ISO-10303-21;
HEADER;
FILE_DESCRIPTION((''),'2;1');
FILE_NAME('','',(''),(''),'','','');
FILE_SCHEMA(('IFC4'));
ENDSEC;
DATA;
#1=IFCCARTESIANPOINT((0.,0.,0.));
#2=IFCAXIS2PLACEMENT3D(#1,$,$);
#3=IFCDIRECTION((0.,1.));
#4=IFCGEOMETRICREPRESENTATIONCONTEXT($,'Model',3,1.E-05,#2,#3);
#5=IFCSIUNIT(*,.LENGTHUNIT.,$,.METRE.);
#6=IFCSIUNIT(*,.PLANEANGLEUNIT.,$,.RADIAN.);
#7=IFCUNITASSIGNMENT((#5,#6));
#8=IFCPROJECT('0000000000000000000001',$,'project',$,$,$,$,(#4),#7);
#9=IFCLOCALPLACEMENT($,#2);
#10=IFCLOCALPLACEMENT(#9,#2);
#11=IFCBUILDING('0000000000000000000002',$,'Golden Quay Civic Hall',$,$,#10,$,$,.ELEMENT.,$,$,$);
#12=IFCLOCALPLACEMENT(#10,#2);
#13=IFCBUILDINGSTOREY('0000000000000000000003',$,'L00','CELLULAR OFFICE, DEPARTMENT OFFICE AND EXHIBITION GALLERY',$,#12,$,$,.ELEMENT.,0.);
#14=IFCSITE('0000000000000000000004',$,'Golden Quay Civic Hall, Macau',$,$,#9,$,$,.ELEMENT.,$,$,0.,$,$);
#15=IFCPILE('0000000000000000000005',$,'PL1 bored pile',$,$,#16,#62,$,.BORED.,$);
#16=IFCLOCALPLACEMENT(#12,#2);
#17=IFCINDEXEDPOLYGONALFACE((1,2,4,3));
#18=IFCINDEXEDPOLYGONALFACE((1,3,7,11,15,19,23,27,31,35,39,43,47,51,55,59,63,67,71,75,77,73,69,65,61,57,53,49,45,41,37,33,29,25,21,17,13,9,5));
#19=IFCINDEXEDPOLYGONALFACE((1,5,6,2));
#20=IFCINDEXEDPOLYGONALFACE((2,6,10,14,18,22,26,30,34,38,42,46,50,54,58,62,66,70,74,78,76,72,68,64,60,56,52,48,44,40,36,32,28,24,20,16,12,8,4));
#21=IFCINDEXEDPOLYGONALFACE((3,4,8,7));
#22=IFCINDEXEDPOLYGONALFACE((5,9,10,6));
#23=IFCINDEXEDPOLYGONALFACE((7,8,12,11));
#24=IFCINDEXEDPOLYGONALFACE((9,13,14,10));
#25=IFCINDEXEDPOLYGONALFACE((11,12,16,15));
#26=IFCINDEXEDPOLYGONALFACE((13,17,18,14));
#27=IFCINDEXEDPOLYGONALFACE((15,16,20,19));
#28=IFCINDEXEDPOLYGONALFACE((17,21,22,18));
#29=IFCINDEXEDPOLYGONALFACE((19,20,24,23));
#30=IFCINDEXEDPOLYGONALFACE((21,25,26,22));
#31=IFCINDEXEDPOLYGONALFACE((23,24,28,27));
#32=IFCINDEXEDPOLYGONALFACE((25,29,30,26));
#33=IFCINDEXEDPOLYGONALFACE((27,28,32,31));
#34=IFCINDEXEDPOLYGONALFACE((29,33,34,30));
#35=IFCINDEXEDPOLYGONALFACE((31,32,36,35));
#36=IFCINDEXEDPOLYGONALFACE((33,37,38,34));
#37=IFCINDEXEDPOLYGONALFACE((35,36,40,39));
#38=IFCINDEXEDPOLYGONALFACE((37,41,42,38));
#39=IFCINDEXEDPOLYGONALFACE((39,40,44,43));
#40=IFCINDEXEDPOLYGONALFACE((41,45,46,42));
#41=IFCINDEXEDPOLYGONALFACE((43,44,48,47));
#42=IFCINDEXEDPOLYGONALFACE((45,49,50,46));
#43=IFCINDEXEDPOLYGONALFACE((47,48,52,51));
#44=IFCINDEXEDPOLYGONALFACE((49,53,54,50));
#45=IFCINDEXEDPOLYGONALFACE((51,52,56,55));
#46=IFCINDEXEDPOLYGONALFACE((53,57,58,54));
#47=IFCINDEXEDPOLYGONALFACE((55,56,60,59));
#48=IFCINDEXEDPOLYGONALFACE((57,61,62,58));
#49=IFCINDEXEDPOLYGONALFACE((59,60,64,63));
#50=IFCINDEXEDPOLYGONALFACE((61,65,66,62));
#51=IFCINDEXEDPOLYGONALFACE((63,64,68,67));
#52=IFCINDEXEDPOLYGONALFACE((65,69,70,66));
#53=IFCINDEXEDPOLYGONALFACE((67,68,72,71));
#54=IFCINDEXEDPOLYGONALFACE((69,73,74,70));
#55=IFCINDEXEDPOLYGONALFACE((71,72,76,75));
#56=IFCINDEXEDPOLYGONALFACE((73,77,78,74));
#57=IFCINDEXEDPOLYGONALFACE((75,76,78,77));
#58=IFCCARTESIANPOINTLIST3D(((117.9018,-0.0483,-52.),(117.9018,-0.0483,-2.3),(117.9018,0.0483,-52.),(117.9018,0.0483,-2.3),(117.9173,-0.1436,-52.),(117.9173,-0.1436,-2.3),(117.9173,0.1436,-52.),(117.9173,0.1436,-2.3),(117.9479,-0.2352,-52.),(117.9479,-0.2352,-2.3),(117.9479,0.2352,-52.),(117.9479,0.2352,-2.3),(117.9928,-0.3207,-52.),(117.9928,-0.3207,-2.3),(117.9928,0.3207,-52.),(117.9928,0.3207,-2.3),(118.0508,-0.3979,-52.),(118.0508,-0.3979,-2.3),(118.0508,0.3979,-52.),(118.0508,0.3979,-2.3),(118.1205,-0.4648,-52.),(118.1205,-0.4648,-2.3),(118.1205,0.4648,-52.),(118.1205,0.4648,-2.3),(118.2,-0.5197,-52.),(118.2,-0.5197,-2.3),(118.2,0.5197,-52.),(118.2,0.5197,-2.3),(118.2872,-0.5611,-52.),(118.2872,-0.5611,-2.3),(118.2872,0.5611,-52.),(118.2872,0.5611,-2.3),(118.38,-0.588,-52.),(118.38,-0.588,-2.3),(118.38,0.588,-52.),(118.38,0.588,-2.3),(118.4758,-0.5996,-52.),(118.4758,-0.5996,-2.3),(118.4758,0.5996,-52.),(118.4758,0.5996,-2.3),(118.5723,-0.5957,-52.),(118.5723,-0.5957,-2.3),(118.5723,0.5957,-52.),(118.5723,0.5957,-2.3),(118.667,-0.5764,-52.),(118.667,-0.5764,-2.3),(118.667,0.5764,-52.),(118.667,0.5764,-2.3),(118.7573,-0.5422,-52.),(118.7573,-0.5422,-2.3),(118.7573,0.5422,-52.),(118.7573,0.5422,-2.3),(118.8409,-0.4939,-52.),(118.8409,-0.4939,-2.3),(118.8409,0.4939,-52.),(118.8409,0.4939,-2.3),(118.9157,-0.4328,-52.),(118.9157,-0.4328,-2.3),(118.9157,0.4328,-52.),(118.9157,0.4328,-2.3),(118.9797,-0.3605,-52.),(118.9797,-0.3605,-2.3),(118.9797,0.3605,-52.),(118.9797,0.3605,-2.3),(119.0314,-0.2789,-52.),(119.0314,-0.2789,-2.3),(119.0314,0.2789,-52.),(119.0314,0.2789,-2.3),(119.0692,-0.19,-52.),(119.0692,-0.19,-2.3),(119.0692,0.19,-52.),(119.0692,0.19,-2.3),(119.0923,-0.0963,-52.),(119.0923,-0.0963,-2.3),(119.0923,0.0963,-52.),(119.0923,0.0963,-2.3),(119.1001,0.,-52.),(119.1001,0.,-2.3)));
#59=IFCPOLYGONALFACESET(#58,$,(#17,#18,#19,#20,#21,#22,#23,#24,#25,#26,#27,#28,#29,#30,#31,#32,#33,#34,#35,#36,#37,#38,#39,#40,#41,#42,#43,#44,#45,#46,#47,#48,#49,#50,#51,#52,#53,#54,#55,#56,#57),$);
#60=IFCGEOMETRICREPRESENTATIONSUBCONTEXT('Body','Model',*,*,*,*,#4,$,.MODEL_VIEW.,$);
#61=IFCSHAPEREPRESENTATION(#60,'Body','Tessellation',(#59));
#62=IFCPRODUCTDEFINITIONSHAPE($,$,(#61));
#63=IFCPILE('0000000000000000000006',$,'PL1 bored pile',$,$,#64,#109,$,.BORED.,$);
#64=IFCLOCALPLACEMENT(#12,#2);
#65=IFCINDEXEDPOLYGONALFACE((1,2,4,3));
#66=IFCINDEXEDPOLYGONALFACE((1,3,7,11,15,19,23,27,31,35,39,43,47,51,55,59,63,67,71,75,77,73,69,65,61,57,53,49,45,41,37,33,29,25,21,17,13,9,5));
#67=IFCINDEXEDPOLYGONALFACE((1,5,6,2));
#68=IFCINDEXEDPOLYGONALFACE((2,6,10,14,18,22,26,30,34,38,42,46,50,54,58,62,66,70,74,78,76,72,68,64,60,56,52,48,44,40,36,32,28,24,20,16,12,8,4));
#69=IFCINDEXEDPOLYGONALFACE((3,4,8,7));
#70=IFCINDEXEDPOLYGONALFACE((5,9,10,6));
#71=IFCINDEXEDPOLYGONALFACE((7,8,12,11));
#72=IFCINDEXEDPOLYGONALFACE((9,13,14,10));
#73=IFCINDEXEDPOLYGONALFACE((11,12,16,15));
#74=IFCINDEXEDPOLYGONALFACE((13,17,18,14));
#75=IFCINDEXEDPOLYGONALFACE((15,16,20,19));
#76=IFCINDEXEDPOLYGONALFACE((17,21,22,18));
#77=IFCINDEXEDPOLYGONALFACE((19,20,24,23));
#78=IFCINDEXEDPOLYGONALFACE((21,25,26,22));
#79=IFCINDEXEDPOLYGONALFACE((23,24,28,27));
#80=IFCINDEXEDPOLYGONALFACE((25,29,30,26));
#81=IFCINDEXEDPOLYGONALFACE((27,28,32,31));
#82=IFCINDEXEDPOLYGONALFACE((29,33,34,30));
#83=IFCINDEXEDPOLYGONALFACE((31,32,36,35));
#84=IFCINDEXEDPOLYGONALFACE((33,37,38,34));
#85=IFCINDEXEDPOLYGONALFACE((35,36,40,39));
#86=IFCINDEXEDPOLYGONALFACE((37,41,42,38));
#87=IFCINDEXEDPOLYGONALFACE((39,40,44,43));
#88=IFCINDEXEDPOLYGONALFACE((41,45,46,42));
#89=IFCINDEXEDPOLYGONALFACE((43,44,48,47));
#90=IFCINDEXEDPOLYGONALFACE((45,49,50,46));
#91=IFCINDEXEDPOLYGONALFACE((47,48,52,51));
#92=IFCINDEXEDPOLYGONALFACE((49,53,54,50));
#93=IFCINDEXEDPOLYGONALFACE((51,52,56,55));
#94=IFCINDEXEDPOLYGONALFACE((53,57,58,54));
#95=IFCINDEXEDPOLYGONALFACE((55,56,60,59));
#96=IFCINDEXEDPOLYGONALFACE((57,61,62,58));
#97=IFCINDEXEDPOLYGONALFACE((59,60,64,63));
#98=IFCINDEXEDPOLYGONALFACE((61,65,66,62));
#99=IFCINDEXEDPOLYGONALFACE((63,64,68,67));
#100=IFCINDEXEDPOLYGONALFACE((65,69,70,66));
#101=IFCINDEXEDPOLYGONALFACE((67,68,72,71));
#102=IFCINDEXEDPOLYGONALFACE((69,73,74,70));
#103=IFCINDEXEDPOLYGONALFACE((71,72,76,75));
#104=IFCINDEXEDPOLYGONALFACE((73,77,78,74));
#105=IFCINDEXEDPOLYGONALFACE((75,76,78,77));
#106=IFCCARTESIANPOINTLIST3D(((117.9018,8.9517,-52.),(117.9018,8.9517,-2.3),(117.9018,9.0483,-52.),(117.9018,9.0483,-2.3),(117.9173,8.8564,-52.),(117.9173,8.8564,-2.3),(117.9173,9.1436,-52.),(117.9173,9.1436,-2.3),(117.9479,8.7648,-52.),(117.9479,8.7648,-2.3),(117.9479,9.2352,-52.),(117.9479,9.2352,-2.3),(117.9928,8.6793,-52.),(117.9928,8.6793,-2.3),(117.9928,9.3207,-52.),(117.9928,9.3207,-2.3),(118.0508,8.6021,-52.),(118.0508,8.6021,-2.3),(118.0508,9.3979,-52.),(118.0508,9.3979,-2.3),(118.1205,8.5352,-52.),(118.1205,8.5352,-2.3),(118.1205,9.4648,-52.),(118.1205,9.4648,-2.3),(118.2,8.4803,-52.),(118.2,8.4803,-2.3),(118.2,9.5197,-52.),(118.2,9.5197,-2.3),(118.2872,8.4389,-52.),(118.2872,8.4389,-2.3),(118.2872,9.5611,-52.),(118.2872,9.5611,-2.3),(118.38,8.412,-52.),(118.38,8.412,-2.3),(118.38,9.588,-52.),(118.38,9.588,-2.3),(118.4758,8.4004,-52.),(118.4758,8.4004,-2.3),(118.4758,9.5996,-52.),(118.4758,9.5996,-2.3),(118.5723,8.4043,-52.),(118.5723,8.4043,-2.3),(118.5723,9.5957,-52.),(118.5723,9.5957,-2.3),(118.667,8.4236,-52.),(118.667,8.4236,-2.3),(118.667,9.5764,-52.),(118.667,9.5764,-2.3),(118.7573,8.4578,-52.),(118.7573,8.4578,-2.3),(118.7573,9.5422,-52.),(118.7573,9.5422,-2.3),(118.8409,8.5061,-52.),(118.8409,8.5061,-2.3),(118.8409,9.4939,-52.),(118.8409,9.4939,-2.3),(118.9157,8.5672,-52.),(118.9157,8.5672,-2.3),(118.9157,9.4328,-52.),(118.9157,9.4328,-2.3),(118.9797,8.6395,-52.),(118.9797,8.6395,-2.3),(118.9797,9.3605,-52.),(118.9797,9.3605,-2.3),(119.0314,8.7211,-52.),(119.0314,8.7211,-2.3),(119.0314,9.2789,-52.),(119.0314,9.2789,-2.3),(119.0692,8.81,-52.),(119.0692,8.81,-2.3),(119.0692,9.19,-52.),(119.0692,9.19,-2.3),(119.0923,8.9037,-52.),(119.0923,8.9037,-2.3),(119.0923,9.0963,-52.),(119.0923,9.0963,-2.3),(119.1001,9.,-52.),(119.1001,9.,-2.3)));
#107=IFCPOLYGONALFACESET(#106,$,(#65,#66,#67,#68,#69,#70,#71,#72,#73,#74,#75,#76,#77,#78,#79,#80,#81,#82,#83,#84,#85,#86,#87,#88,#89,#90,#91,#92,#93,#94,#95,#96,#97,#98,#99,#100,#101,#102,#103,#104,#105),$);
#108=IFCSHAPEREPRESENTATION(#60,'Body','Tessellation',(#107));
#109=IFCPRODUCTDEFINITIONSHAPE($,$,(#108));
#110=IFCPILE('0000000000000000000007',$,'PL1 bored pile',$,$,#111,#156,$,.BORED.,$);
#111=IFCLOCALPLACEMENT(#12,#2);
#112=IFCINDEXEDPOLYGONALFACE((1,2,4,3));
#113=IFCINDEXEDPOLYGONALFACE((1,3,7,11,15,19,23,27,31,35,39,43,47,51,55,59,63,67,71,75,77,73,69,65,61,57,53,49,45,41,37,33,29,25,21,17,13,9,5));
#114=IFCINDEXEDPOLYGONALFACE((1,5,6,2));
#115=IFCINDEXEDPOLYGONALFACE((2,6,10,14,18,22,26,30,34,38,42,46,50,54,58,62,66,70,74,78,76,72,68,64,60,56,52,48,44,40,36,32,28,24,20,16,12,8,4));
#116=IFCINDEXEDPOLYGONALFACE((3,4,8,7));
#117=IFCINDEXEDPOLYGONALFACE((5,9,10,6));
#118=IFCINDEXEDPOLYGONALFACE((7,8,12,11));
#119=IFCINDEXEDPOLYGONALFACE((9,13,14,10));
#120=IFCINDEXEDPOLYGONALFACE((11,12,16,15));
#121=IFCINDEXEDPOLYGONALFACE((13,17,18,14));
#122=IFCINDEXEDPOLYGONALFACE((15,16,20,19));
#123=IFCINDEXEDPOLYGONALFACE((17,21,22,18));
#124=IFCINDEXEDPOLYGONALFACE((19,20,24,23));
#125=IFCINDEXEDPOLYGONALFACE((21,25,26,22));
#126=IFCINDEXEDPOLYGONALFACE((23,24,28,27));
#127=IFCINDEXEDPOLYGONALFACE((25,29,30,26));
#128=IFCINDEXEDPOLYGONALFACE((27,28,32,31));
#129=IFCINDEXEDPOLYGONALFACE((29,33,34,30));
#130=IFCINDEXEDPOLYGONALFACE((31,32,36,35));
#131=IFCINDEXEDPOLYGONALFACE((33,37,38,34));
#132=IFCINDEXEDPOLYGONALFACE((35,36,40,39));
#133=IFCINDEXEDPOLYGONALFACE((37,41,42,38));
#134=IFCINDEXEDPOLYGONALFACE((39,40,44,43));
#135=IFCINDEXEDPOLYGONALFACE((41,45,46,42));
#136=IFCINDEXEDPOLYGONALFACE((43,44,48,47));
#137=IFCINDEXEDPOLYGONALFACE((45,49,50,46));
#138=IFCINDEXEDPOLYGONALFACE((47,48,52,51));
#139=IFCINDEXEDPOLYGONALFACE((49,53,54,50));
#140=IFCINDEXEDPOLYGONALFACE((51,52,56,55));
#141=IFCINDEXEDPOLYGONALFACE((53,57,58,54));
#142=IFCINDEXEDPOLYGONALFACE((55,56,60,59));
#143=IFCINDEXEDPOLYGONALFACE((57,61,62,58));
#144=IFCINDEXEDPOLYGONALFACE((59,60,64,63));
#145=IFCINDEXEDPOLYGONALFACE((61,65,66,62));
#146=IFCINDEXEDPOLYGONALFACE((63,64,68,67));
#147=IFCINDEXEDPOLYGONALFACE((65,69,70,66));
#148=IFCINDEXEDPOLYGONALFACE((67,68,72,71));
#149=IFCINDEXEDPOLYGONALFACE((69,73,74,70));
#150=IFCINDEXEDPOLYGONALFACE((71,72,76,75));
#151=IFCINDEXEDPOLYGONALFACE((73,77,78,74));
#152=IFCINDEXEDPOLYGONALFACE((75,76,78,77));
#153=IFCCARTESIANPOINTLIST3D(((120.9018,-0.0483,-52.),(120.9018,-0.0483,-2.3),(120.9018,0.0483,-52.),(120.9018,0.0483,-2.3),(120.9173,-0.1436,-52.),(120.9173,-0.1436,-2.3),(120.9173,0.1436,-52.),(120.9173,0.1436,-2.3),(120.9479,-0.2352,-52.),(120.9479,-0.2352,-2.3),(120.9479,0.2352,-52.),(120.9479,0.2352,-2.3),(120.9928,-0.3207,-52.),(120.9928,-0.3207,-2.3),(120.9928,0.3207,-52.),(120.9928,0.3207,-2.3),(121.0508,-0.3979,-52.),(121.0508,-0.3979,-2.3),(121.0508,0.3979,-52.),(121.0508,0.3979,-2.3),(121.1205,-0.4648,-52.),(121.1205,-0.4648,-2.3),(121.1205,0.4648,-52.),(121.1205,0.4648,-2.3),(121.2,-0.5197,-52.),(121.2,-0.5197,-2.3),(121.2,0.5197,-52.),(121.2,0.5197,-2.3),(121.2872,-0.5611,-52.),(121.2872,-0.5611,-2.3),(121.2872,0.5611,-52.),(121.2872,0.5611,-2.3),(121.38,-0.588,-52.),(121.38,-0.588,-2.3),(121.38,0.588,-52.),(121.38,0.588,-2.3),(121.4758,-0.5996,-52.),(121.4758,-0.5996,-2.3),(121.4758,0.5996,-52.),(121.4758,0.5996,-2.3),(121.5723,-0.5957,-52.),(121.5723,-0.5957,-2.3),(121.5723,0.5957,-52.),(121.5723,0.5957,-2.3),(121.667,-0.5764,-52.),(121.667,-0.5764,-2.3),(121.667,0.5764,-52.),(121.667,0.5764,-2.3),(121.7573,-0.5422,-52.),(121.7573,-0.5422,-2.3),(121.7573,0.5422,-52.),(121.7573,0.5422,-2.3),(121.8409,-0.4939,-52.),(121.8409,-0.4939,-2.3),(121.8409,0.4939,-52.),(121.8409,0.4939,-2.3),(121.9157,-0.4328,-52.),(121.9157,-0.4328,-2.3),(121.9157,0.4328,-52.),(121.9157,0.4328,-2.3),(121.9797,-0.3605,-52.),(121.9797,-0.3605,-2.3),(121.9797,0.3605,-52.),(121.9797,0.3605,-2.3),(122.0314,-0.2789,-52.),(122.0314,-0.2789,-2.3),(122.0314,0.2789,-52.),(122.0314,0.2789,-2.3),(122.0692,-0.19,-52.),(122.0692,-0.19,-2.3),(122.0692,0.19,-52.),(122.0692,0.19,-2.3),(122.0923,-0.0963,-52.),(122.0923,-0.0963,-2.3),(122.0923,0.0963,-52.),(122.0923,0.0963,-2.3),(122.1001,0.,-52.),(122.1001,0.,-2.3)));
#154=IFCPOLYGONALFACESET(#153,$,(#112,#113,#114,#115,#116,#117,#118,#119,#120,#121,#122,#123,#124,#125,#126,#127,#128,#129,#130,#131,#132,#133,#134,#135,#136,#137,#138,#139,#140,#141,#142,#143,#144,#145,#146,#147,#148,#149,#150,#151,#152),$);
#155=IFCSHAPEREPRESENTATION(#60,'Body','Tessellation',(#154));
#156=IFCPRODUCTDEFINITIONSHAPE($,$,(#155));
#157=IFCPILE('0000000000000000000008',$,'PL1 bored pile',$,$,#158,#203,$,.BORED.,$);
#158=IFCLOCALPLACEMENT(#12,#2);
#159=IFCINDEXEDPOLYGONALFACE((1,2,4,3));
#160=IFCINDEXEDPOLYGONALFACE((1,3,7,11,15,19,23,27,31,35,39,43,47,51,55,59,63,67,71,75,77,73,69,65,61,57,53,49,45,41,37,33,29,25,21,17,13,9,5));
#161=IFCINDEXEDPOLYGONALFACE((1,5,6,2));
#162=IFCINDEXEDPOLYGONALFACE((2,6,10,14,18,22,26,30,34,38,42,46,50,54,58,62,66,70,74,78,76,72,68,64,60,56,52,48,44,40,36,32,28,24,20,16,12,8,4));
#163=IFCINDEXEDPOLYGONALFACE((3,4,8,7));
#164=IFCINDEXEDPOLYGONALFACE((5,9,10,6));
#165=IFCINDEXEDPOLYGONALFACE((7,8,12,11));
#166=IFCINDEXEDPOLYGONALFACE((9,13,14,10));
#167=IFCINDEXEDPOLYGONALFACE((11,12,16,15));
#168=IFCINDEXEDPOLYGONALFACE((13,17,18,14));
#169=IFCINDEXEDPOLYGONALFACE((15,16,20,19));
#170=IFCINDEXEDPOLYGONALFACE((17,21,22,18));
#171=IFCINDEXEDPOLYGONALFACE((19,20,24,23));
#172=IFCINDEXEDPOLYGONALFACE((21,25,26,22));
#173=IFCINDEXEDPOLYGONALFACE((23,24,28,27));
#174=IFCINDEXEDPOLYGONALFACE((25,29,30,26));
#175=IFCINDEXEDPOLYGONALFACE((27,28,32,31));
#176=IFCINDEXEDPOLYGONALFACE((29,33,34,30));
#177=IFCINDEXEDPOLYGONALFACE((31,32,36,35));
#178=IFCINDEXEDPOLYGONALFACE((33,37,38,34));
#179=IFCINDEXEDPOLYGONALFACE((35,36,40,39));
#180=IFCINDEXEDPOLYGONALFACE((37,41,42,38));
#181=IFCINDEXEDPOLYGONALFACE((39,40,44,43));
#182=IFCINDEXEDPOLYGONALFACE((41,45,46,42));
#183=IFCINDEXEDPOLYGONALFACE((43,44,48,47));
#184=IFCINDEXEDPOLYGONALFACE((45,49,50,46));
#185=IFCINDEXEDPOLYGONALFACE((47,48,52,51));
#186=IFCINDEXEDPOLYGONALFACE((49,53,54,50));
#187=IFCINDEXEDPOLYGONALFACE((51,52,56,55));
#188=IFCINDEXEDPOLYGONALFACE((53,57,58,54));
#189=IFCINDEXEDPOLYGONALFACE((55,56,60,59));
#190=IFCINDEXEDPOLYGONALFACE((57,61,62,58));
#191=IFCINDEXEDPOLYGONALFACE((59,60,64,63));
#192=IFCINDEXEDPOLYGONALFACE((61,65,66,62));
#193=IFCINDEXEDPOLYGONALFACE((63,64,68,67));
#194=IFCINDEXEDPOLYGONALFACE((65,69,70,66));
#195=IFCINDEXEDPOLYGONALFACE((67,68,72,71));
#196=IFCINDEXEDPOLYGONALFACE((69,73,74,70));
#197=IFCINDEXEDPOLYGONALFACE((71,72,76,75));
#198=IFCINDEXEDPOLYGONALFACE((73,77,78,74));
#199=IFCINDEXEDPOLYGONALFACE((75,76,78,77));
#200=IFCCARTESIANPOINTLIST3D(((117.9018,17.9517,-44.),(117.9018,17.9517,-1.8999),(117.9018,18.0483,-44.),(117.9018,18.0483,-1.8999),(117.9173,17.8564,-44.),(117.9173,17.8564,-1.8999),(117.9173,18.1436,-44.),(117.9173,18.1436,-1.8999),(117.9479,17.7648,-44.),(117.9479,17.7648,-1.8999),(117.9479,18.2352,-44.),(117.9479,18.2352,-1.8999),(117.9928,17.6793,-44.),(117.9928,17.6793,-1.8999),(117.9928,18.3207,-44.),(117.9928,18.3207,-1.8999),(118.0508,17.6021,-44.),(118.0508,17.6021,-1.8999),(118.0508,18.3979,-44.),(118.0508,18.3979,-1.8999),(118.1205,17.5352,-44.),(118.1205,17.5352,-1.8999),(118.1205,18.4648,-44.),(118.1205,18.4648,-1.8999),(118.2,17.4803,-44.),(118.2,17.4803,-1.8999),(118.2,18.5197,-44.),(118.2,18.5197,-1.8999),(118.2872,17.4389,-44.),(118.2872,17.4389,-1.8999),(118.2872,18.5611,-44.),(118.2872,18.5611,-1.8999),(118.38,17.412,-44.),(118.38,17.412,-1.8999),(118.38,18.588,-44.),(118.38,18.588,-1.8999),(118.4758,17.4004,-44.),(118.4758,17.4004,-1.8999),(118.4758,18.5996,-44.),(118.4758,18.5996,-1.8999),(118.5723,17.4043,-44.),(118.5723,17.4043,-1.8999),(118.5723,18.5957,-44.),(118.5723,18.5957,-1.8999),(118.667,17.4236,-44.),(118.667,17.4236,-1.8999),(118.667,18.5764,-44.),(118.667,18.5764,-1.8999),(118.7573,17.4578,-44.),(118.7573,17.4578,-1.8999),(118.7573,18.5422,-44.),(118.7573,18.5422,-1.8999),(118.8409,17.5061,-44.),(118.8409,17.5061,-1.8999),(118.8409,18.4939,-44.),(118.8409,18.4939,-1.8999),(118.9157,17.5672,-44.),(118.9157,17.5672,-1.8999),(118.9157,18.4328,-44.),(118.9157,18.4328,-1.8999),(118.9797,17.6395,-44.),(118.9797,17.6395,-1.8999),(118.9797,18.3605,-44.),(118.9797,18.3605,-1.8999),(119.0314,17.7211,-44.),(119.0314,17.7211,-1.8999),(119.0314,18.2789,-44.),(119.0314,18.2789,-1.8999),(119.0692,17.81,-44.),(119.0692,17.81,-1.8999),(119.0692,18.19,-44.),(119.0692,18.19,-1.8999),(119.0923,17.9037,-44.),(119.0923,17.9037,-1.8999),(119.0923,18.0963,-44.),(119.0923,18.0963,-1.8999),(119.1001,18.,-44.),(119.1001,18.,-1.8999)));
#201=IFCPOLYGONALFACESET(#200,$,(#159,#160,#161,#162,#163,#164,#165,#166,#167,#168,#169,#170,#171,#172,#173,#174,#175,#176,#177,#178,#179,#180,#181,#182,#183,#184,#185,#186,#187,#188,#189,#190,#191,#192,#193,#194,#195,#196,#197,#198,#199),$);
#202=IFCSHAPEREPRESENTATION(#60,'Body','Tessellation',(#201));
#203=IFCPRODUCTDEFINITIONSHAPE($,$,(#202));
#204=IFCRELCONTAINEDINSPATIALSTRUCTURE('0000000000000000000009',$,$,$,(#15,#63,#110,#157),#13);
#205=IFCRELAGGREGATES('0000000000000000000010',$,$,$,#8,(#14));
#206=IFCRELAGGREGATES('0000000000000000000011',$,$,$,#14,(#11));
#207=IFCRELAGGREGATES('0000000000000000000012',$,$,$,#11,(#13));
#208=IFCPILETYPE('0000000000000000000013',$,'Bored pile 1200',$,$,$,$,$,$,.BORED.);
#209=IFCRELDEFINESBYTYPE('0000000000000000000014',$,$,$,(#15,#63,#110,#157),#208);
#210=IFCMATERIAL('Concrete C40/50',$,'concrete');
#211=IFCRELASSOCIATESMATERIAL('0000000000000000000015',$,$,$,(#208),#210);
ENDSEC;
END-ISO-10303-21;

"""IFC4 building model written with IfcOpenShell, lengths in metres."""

from ifc_helpers import new_model, si_unit, direction, frame, origin, origin_2d, place, context, subcontext, project, spatial, circle, extrude, material, material_profile, profile_set, type_object, element, save


model = new_model("IFC4")

# Units and contexts
model_context = context("Model", 3, precision=1e-05, world=origin(), true_north=direction((0.0, 1.0)))
body_context = subcontext(model_context, "Body", "Model", "MODEL_VIEW")
ifc_project = project(units=[si_unit("LENGTHUNIT", "METRE"), si_unit("PLANEANGLEUNIT", "RADIAN")], contexts=[model_context])

# Site, building, storey
site_placement = place(None, origin())
site = spatial("IfcSite", under=ifc_project, at=site_placement, Name="Golden Quay Civic Hall, Macau", CompositionType="ELEMENT", RefElevation=0.0)
building_placement = place(site_placement, origin())
building = spatial("IfcBuilding", under=site, at=building_placement, Name="Golden Quay Civic Hall", CompositionType="ELEMENT")
storey_placement = place(building_placement, origin())
storey = spatial("IfcBuildingStorey", under=building, at=storey_placement, Name="L00", Description="CELLULAR OFFICE, DEPARTMENT OFFICE AND EXHIBITION GALLERY", CompositionType="ELEMENT", Elevation=0.0)

# Piles
ifc_material_1 = material(Name="Concrete C40/50", Category="concrete")
ifc_material_profile_1 = material_profile(ifc_material_1, circle(Radius=0.6001, at=origin_2d()), Name="RC D1200")
ifc_profile_set_1 = profile_set([ifc_material_profile_1], Name="Concrete C40/50")
pile_type = type_object("IfcPileType", Name="Bored pile 1200", PredefinedType="BORED", material=ifc_profile_set_1)
for number, where, z_axis, x_axis, name in (
    (1, (118.5, 0.0, -2.3), (0.0, 0.0, -1.0), (1.0, 0.0, 0.0), "PL1 bored pile"),
    (2, (118.5, 9.0, -2.3), (0.0, 0.0, -1.0), (1.0, 0.0, 0.0), "PL1 bored pile"),
    (3, (121.5, 0.0, -2.3), (0.0, 0.0, -1.0), (1.0, 0.0, 0.0), "PL1 bored pile"),
):
    element("IfcPile", number, at=place(storey_placement, frame(where, z_axis=z_axis, x_axis=x_axis)), inside=storey, type_object=pile_type, Name=name, PredefinedType="BORED", context=body_context, shape_type="SweptSolid", body=[
        extrude(circle(Radius=0.6001, at=origin_2d()), origin(), (0.0, 0.0, 1.0), 49.7),
    ])
pile_1_placement = place(storey_placement, frame((118.5, 18.0, -1.8999), z_axis=(0.0, 0.0, -1.0), x_axis=(1.0, 0.0, 0.0)))
element("IfcPile", 4, at=pile_1_placement, inside=storey, type_object=pile_type, Name="PL1 bored pile", PredefinedType="BORED", context=body_context, shape_type="SweptSolid", body=[
    extrude(circle(Radius=0.6001, at=origin_2d()), origin(), (0.0, 0.0, 1.0), 42.1001),
])

save(model, "model.ifc")
